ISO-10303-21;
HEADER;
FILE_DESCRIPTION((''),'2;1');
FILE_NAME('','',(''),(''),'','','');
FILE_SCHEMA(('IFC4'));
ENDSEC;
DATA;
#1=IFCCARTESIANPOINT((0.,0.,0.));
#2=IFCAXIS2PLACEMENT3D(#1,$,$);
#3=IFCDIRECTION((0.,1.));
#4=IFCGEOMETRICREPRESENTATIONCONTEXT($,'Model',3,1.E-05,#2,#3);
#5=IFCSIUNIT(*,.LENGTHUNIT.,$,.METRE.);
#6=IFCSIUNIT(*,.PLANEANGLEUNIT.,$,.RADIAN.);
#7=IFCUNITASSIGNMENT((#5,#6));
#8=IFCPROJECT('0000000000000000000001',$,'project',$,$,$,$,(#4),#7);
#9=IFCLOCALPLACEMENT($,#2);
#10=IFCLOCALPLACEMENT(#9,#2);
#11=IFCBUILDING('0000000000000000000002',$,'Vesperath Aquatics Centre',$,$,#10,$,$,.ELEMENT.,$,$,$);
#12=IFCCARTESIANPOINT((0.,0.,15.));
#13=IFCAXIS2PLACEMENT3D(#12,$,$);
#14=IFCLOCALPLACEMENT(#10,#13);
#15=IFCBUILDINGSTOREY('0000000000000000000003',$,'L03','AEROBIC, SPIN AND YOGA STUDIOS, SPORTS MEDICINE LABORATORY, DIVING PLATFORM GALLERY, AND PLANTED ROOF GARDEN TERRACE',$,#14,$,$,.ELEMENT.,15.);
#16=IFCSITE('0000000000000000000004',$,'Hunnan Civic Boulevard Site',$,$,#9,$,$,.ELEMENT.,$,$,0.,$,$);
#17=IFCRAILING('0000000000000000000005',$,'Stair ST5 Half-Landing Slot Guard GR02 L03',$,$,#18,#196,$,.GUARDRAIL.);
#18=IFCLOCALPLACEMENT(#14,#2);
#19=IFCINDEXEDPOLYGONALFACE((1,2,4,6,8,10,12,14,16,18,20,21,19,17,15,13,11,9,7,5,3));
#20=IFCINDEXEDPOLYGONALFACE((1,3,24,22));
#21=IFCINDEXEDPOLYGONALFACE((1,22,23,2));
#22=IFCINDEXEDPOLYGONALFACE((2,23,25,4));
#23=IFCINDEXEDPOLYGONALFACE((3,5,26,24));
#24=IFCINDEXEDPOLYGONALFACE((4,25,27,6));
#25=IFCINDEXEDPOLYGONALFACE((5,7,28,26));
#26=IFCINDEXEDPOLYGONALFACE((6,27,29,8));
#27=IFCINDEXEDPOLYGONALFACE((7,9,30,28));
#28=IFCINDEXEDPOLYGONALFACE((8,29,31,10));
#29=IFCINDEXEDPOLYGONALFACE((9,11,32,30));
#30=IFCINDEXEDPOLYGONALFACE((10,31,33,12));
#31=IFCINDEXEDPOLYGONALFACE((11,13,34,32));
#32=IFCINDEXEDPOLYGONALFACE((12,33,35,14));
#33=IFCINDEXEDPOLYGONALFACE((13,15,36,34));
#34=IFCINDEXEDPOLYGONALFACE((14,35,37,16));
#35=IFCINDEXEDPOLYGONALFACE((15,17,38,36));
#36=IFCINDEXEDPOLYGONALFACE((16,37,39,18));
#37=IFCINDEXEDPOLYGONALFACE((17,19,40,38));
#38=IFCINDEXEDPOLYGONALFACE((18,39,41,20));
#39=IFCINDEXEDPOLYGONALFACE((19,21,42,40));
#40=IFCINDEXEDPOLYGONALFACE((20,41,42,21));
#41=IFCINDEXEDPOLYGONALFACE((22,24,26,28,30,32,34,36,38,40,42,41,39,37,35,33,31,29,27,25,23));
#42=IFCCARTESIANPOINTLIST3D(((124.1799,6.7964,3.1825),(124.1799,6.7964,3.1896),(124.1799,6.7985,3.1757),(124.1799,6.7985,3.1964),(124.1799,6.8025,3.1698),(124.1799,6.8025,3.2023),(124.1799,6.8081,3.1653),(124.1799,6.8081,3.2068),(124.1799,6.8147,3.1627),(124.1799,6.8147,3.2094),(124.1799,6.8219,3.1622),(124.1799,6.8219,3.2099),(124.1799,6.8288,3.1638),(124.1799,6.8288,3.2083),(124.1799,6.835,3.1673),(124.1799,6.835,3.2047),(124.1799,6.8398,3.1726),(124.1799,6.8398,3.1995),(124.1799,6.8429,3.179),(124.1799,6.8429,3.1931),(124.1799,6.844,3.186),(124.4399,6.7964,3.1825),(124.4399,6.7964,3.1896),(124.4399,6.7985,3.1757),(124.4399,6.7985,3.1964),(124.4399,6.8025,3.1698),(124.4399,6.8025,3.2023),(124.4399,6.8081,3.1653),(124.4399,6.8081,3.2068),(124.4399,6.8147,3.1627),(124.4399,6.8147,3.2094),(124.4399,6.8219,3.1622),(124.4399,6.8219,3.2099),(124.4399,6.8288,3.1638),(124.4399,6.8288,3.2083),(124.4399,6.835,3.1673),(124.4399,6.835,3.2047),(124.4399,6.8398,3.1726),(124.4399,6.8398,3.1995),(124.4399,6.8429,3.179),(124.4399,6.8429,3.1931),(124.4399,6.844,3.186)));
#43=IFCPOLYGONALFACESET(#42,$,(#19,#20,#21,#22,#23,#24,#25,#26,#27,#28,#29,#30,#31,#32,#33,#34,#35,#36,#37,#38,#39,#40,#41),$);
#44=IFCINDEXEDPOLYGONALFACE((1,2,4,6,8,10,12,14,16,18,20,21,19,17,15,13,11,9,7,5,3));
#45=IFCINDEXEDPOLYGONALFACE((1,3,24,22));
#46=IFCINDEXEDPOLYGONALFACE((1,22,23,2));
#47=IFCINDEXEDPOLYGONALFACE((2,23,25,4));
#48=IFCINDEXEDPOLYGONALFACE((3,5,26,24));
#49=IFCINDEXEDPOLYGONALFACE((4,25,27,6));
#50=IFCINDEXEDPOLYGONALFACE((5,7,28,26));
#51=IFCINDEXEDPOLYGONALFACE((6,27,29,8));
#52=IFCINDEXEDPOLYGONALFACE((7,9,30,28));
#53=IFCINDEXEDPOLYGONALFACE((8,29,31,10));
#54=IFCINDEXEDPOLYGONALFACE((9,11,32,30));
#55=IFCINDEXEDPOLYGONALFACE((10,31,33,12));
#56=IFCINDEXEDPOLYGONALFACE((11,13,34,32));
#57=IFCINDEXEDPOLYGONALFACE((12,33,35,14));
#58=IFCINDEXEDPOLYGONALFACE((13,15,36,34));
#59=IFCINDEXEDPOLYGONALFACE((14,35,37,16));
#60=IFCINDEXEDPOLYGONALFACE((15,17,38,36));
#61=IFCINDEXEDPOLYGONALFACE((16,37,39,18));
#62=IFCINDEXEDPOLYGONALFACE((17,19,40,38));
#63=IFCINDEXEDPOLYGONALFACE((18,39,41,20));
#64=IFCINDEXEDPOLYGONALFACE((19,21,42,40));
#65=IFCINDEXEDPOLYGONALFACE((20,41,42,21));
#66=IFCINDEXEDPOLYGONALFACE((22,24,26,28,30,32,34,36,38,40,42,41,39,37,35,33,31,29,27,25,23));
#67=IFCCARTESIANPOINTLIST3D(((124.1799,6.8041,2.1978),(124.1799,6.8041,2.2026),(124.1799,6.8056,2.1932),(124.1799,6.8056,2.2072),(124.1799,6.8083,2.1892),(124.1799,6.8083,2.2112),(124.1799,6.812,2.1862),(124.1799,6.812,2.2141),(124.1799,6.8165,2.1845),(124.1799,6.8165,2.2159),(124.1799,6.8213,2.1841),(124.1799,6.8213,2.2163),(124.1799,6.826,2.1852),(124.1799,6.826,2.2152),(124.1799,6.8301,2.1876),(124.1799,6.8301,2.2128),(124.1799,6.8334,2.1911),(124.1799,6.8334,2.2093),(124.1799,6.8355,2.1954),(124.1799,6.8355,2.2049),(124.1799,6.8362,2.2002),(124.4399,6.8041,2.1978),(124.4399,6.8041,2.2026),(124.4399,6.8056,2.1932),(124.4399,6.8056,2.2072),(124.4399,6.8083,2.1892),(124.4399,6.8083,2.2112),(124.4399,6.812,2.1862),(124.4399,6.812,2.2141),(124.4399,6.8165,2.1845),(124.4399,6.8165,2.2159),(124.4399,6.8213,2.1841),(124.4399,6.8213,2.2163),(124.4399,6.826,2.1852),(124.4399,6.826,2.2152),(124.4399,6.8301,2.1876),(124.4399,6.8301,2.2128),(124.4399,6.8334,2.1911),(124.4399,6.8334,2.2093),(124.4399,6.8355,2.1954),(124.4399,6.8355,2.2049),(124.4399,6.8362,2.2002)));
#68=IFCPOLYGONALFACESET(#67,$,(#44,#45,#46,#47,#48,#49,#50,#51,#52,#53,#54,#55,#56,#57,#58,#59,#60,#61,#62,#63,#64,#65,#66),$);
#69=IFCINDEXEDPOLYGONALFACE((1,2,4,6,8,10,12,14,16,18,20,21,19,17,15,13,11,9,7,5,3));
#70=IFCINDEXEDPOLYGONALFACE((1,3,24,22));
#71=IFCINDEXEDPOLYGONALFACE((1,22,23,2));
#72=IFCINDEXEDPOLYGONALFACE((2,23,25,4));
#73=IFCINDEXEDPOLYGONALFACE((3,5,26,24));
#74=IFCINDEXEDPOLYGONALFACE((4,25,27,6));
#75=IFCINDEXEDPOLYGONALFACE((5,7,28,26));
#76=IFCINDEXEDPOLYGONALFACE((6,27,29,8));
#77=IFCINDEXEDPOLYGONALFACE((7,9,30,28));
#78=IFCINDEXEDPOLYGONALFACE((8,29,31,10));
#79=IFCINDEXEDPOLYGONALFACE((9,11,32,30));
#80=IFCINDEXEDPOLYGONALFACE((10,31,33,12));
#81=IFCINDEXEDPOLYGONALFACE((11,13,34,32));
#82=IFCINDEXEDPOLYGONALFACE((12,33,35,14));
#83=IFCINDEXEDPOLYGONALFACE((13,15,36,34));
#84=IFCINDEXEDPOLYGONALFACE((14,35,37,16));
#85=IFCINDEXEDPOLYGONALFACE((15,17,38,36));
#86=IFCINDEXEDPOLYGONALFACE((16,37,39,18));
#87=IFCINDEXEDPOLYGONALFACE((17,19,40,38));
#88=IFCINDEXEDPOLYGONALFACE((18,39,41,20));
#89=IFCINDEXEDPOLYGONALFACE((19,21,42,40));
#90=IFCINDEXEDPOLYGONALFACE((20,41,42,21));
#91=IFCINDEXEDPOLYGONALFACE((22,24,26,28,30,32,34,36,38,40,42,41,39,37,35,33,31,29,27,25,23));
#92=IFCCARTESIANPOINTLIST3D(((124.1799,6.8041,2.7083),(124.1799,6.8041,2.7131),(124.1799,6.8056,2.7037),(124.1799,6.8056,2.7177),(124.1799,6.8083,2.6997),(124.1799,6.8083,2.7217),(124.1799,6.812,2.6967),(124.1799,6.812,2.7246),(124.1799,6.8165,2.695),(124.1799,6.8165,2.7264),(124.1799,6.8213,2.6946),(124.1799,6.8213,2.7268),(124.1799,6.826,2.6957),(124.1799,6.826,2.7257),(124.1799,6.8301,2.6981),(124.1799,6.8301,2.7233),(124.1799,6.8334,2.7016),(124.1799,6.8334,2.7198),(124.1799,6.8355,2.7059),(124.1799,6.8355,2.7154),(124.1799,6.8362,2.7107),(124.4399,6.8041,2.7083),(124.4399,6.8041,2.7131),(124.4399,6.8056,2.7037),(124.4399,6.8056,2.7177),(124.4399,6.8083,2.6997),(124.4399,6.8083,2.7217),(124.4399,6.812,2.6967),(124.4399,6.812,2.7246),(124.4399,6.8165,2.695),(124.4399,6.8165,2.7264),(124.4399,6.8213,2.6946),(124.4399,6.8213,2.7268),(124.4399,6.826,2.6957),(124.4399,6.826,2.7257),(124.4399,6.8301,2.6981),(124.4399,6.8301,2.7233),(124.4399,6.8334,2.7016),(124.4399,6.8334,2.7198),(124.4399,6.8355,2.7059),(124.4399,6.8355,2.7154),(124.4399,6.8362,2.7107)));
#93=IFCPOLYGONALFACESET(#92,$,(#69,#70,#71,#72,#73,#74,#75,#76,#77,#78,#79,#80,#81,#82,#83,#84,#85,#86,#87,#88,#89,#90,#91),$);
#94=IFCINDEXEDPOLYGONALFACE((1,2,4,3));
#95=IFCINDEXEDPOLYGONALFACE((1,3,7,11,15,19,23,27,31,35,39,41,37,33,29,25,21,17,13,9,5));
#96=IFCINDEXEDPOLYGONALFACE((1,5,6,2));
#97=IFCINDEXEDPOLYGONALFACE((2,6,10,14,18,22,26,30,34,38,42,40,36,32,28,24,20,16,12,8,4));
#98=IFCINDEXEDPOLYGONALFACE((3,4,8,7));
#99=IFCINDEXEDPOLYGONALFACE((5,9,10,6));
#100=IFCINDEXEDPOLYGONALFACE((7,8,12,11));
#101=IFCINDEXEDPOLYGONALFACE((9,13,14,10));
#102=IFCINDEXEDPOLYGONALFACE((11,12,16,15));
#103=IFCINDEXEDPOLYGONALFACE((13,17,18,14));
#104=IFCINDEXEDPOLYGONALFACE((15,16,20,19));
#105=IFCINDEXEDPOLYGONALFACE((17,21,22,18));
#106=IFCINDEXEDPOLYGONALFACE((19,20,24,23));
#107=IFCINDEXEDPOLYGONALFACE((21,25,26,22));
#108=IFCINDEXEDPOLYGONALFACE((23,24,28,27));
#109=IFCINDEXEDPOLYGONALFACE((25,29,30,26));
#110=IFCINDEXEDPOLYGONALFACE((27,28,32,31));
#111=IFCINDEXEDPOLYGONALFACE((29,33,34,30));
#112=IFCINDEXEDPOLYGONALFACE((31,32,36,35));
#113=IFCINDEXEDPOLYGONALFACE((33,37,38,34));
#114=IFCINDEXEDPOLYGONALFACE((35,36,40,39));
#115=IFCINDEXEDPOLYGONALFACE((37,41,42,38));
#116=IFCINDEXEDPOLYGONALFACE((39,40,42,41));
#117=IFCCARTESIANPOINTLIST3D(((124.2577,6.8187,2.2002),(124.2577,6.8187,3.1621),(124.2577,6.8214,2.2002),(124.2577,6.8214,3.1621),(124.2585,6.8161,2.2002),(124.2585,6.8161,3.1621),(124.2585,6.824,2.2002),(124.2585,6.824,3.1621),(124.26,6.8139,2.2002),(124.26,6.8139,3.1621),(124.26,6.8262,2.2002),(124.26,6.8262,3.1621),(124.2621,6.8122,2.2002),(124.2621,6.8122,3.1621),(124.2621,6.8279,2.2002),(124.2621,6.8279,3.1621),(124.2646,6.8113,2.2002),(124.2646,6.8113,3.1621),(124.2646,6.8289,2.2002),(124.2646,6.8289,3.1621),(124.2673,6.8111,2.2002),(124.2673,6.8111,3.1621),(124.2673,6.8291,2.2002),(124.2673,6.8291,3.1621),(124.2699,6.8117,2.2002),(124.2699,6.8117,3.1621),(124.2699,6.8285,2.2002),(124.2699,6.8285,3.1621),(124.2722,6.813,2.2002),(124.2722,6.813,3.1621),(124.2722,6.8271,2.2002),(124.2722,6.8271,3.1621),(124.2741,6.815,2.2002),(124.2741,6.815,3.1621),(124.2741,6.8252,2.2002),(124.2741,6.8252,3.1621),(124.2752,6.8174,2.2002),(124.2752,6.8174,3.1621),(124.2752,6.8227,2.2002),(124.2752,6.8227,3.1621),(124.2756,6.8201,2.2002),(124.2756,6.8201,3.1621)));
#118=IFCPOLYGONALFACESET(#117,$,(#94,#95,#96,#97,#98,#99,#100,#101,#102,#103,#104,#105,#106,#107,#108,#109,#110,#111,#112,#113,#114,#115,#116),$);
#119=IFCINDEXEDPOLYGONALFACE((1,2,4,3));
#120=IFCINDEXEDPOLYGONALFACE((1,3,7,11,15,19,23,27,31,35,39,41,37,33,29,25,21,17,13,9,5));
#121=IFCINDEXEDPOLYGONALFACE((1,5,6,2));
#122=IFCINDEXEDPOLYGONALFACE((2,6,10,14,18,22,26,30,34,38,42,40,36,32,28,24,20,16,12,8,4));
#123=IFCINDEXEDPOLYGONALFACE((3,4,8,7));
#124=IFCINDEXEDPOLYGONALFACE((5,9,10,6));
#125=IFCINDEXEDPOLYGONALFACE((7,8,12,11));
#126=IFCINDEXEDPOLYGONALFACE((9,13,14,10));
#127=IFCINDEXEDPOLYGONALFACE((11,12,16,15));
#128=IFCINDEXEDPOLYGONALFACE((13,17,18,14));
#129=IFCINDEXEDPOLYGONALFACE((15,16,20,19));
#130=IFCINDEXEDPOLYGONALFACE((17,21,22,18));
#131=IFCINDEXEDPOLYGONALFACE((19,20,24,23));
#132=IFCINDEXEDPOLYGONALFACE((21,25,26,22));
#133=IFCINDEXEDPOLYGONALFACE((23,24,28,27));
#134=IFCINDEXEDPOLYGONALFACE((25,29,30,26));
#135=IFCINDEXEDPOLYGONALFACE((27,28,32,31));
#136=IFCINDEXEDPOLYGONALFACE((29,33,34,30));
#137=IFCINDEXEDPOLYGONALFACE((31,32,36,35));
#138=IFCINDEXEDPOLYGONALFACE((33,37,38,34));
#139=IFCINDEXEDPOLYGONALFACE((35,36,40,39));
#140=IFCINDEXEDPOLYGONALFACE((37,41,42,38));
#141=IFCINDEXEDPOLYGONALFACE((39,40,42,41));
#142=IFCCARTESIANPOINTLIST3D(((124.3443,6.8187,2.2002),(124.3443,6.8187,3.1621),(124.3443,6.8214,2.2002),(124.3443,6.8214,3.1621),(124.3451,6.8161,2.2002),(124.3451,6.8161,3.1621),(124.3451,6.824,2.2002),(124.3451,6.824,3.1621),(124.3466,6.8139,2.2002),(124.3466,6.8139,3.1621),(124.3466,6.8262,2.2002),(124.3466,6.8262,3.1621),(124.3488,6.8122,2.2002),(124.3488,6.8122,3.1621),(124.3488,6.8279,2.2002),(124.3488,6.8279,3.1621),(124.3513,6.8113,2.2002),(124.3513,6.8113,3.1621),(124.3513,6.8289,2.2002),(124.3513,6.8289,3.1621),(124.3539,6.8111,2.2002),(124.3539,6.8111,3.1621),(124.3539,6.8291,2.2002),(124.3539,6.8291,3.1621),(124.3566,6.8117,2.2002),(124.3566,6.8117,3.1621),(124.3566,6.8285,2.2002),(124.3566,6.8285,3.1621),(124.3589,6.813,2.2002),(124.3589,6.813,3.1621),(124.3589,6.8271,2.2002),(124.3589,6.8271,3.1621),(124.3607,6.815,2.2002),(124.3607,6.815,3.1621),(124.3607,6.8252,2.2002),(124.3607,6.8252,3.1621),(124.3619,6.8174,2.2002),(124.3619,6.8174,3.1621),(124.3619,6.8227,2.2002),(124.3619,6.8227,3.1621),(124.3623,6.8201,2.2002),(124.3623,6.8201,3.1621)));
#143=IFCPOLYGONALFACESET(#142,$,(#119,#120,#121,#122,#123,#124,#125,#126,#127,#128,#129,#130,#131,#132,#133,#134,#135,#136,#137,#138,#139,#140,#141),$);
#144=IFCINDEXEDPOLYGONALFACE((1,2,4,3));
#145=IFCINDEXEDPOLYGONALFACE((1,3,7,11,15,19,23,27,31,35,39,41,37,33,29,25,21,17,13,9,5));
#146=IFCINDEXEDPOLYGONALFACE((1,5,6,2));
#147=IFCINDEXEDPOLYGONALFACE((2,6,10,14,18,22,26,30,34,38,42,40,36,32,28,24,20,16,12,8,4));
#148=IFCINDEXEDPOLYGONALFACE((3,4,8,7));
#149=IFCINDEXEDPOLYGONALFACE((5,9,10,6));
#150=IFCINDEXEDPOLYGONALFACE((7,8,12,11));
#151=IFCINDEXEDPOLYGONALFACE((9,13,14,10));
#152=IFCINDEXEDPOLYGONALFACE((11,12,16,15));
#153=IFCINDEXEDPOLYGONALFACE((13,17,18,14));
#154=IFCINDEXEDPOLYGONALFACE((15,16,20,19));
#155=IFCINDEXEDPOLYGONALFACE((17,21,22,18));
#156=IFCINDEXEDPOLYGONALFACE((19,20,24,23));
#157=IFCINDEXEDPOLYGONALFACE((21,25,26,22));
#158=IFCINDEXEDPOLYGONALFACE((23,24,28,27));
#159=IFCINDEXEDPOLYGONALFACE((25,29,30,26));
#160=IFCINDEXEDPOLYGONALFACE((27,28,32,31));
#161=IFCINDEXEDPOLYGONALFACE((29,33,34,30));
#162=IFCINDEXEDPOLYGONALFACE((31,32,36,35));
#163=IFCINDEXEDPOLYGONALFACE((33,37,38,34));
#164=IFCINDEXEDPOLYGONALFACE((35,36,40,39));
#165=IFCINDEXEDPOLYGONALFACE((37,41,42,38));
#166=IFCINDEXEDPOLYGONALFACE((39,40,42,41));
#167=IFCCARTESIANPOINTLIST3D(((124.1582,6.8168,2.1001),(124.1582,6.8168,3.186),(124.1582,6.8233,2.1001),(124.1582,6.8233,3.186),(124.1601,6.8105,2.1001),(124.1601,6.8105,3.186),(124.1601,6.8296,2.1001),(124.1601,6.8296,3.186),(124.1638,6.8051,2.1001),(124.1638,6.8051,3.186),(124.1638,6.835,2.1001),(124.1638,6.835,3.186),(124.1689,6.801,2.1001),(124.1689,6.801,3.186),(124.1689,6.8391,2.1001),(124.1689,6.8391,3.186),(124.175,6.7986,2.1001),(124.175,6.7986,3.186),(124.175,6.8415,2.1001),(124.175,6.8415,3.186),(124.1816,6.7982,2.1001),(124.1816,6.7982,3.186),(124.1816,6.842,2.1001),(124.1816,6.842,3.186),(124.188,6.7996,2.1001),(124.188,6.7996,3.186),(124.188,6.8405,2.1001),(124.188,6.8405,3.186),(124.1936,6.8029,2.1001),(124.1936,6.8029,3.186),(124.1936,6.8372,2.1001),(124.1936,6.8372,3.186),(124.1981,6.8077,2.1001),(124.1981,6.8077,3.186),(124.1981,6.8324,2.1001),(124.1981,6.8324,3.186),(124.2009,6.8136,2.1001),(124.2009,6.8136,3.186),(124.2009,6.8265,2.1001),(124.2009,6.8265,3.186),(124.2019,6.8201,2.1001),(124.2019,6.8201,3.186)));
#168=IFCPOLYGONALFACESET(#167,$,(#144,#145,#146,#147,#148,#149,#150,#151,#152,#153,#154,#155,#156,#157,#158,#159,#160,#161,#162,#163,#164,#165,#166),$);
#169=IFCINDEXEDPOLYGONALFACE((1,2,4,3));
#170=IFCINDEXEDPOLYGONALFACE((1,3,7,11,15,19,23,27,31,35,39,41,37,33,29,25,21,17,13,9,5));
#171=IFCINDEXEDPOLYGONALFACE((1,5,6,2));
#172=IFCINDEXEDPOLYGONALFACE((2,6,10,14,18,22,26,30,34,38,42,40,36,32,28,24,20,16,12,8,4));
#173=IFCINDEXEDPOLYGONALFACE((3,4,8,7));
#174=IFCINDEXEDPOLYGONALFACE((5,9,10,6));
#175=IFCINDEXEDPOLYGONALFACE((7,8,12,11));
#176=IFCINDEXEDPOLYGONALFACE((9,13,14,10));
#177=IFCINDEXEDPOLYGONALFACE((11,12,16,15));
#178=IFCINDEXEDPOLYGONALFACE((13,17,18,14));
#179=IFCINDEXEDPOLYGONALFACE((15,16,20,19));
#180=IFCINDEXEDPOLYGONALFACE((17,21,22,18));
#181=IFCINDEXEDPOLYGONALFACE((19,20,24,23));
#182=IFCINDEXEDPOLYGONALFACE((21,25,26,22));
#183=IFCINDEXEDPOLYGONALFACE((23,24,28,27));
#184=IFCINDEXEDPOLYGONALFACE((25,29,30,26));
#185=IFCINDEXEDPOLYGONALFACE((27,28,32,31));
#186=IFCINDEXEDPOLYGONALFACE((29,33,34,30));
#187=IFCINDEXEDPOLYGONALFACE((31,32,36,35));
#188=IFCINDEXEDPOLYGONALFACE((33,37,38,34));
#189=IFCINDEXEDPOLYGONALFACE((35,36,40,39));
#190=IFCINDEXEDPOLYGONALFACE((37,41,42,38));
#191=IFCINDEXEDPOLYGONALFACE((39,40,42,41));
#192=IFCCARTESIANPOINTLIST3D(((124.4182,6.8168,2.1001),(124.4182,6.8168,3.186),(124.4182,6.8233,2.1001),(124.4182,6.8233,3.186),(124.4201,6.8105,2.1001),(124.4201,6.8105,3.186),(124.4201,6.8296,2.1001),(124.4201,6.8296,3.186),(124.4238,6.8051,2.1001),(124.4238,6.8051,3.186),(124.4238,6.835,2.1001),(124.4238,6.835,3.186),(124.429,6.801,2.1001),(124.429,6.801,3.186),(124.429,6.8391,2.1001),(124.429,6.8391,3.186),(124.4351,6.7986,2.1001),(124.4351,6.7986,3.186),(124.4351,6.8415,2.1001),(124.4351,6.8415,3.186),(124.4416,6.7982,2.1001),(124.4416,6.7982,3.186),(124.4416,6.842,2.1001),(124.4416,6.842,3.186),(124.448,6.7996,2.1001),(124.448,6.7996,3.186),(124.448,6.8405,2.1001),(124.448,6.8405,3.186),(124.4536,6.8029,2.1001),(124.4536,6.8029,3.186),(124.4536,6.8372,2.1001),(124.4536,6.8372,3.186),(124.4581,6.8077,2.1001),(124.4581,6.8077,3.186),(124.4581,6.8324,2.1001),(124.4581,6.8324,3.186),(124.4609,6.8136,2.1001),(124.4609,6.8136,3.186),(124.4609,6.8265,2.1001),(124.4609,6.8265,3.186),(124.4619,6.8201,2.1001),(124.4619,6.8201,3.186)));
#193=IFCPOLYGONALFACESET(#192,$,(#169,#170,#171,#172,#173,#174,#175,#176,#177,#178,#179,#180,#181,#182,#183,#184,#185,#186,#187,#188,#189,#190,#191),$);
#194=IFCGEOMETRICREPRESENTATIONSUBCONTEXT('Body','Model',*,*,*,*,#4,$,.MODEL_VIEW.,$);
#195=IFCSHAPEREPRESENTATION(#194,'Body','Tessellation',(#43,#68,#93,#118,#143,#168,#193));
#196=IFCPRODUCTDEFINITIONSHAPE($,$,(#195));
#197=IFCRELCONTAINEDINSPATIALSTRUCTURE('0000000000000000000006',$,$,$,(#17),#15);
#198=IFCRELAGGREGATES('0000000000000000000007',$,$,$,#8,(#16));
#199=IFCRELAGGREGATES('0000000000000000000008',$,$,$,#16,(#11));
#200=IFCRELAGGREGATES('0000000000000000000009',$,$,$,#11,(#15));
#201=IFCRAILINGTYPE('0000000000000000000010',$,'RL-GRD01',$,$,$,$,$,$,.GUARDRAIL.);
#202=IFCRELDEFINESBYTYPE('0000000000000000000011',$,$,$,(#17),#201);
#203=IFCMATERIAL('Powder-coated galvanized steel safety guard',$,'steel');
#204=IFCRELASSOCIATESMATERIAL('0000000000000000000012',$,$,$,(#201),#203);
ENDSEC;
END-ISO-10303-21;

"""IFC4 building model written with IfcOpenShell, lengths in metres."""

from ifc_helpers import new_model, si_unit, direction, frame, origin, origin_2d, place, context, subcontext, project, spatial, circle, extrude, material, type_object, element, save


model = new_model("IFC4")

# Units and contexts
model_context = context("Model", 3, precision=1e-05, world=origin(), true_north=direction((0.0, 1.0)))
body_context = subcontext(model_context, "Body", "Model", "MODEL_VIEW")
ifc_project = project(units=[si_unit("LENGTHUNIT", "METRE"), si_unit("PLANEANGLEUNIT", "RADIAN")], contexts=[model_context])

# Site, building, storey
site_placement = place(None, origin())
site = spatial("IfcSite", under=ifc_project, at=site_placement, Name="Hunnan Civic Boulevard Site", CompositionType="ELEMENT", RefElevation=0.0)
building_placement = place(site_placement, origin())
building = spatial("IfcBuilding", under=site, at=building_placement, Name="Vesperath Aquatics Centre", CompositionType="ELEMENT")
storey_placement = place(building_placement, frame((0.0, 0.0, 15.0)))
storey = spatial("IfcBuildingStorey", under=building, at=storey_placement, Name="L03", Description="AEROBIC, SPIN AND YOGA STUDIOS, SPORTS MEDICINE LABORATORY, DIVING PLATFORM GALLERY, AND PLANTED ROOF GARDEN TERRACE", CompositionType="ELEMENT", Elevation=15.0)

# Railing
ifc_material_1 = material(Name="Powder-coated galvanized steel safety guard", Category="steel")
railing_type_1 = type_object("IfcRailingType", Name="RL-GRD01", PredefinedType="GUARDRAIL", material=ifc_material_1)
railing_1_placement = place(storey_placement, frame((124.1799, 6.8201, 2.1001)))
element("IfcRailing", 1, at=railing_1_placement, inside=storey, type_object=railing_type_1, Name="Stair ST5 Half-Landing Slot Guard GR02 L03", PredefinedType="GUARDRAIL", context=body_context, shape_type="SweptSolid", body=[
    extrude(circle(Radius=0.0239, at=origin_2d()), frame((0.0, 0.0, 1.0859), z_axis=(1.0, 0.0, 0.0), x_axis=(0.0, 1.0, 0.0)), (0.0, 0.0, 1.0), 0.26),
    extrude(circle(Radius=0.0161, at=origin_2d()), frame((0.0, 0.0, 0.1001), z_axis=(1.0, 0.0, 0.0), x_axis=(0.0, 1.0, 0.0)), (0.0, 0.0, 1.0), 0.26),
    extrude(circle(Radius=0.0161, at=origin_2d()), frame((0.0, 0.0, 0.6106), z_axis=(1.0, 0.0, 0.0), x_axis=(0.0, 1.0, 0.0)), (0.0, 0.0, 1.0), 0.26),
    extrude(circle(Radius=0.009, at=origin_2d()), frame((0.0867, 0.0, 0.1001)), (0.0, 0.0, 1.0), 0.9619),
    extrude(circle(Radius=0.009, at=origin_2d()), frame((0.1733, 0.0, 0.1001)), (0.0, 0.0, 1.0), 0.9619),
    extrude(circle(Radius=0.022, at=origin_2d()), origin(), (0.0, 0.0, 1.0), 1.0859),
    extrude(circle(Radius=0.022, at=origin_2d()), frame((0.26, 0.0, 0.0)), (0.0, 0.0, 1.0), 1.0859),
])

save(model, "model.ifc")
